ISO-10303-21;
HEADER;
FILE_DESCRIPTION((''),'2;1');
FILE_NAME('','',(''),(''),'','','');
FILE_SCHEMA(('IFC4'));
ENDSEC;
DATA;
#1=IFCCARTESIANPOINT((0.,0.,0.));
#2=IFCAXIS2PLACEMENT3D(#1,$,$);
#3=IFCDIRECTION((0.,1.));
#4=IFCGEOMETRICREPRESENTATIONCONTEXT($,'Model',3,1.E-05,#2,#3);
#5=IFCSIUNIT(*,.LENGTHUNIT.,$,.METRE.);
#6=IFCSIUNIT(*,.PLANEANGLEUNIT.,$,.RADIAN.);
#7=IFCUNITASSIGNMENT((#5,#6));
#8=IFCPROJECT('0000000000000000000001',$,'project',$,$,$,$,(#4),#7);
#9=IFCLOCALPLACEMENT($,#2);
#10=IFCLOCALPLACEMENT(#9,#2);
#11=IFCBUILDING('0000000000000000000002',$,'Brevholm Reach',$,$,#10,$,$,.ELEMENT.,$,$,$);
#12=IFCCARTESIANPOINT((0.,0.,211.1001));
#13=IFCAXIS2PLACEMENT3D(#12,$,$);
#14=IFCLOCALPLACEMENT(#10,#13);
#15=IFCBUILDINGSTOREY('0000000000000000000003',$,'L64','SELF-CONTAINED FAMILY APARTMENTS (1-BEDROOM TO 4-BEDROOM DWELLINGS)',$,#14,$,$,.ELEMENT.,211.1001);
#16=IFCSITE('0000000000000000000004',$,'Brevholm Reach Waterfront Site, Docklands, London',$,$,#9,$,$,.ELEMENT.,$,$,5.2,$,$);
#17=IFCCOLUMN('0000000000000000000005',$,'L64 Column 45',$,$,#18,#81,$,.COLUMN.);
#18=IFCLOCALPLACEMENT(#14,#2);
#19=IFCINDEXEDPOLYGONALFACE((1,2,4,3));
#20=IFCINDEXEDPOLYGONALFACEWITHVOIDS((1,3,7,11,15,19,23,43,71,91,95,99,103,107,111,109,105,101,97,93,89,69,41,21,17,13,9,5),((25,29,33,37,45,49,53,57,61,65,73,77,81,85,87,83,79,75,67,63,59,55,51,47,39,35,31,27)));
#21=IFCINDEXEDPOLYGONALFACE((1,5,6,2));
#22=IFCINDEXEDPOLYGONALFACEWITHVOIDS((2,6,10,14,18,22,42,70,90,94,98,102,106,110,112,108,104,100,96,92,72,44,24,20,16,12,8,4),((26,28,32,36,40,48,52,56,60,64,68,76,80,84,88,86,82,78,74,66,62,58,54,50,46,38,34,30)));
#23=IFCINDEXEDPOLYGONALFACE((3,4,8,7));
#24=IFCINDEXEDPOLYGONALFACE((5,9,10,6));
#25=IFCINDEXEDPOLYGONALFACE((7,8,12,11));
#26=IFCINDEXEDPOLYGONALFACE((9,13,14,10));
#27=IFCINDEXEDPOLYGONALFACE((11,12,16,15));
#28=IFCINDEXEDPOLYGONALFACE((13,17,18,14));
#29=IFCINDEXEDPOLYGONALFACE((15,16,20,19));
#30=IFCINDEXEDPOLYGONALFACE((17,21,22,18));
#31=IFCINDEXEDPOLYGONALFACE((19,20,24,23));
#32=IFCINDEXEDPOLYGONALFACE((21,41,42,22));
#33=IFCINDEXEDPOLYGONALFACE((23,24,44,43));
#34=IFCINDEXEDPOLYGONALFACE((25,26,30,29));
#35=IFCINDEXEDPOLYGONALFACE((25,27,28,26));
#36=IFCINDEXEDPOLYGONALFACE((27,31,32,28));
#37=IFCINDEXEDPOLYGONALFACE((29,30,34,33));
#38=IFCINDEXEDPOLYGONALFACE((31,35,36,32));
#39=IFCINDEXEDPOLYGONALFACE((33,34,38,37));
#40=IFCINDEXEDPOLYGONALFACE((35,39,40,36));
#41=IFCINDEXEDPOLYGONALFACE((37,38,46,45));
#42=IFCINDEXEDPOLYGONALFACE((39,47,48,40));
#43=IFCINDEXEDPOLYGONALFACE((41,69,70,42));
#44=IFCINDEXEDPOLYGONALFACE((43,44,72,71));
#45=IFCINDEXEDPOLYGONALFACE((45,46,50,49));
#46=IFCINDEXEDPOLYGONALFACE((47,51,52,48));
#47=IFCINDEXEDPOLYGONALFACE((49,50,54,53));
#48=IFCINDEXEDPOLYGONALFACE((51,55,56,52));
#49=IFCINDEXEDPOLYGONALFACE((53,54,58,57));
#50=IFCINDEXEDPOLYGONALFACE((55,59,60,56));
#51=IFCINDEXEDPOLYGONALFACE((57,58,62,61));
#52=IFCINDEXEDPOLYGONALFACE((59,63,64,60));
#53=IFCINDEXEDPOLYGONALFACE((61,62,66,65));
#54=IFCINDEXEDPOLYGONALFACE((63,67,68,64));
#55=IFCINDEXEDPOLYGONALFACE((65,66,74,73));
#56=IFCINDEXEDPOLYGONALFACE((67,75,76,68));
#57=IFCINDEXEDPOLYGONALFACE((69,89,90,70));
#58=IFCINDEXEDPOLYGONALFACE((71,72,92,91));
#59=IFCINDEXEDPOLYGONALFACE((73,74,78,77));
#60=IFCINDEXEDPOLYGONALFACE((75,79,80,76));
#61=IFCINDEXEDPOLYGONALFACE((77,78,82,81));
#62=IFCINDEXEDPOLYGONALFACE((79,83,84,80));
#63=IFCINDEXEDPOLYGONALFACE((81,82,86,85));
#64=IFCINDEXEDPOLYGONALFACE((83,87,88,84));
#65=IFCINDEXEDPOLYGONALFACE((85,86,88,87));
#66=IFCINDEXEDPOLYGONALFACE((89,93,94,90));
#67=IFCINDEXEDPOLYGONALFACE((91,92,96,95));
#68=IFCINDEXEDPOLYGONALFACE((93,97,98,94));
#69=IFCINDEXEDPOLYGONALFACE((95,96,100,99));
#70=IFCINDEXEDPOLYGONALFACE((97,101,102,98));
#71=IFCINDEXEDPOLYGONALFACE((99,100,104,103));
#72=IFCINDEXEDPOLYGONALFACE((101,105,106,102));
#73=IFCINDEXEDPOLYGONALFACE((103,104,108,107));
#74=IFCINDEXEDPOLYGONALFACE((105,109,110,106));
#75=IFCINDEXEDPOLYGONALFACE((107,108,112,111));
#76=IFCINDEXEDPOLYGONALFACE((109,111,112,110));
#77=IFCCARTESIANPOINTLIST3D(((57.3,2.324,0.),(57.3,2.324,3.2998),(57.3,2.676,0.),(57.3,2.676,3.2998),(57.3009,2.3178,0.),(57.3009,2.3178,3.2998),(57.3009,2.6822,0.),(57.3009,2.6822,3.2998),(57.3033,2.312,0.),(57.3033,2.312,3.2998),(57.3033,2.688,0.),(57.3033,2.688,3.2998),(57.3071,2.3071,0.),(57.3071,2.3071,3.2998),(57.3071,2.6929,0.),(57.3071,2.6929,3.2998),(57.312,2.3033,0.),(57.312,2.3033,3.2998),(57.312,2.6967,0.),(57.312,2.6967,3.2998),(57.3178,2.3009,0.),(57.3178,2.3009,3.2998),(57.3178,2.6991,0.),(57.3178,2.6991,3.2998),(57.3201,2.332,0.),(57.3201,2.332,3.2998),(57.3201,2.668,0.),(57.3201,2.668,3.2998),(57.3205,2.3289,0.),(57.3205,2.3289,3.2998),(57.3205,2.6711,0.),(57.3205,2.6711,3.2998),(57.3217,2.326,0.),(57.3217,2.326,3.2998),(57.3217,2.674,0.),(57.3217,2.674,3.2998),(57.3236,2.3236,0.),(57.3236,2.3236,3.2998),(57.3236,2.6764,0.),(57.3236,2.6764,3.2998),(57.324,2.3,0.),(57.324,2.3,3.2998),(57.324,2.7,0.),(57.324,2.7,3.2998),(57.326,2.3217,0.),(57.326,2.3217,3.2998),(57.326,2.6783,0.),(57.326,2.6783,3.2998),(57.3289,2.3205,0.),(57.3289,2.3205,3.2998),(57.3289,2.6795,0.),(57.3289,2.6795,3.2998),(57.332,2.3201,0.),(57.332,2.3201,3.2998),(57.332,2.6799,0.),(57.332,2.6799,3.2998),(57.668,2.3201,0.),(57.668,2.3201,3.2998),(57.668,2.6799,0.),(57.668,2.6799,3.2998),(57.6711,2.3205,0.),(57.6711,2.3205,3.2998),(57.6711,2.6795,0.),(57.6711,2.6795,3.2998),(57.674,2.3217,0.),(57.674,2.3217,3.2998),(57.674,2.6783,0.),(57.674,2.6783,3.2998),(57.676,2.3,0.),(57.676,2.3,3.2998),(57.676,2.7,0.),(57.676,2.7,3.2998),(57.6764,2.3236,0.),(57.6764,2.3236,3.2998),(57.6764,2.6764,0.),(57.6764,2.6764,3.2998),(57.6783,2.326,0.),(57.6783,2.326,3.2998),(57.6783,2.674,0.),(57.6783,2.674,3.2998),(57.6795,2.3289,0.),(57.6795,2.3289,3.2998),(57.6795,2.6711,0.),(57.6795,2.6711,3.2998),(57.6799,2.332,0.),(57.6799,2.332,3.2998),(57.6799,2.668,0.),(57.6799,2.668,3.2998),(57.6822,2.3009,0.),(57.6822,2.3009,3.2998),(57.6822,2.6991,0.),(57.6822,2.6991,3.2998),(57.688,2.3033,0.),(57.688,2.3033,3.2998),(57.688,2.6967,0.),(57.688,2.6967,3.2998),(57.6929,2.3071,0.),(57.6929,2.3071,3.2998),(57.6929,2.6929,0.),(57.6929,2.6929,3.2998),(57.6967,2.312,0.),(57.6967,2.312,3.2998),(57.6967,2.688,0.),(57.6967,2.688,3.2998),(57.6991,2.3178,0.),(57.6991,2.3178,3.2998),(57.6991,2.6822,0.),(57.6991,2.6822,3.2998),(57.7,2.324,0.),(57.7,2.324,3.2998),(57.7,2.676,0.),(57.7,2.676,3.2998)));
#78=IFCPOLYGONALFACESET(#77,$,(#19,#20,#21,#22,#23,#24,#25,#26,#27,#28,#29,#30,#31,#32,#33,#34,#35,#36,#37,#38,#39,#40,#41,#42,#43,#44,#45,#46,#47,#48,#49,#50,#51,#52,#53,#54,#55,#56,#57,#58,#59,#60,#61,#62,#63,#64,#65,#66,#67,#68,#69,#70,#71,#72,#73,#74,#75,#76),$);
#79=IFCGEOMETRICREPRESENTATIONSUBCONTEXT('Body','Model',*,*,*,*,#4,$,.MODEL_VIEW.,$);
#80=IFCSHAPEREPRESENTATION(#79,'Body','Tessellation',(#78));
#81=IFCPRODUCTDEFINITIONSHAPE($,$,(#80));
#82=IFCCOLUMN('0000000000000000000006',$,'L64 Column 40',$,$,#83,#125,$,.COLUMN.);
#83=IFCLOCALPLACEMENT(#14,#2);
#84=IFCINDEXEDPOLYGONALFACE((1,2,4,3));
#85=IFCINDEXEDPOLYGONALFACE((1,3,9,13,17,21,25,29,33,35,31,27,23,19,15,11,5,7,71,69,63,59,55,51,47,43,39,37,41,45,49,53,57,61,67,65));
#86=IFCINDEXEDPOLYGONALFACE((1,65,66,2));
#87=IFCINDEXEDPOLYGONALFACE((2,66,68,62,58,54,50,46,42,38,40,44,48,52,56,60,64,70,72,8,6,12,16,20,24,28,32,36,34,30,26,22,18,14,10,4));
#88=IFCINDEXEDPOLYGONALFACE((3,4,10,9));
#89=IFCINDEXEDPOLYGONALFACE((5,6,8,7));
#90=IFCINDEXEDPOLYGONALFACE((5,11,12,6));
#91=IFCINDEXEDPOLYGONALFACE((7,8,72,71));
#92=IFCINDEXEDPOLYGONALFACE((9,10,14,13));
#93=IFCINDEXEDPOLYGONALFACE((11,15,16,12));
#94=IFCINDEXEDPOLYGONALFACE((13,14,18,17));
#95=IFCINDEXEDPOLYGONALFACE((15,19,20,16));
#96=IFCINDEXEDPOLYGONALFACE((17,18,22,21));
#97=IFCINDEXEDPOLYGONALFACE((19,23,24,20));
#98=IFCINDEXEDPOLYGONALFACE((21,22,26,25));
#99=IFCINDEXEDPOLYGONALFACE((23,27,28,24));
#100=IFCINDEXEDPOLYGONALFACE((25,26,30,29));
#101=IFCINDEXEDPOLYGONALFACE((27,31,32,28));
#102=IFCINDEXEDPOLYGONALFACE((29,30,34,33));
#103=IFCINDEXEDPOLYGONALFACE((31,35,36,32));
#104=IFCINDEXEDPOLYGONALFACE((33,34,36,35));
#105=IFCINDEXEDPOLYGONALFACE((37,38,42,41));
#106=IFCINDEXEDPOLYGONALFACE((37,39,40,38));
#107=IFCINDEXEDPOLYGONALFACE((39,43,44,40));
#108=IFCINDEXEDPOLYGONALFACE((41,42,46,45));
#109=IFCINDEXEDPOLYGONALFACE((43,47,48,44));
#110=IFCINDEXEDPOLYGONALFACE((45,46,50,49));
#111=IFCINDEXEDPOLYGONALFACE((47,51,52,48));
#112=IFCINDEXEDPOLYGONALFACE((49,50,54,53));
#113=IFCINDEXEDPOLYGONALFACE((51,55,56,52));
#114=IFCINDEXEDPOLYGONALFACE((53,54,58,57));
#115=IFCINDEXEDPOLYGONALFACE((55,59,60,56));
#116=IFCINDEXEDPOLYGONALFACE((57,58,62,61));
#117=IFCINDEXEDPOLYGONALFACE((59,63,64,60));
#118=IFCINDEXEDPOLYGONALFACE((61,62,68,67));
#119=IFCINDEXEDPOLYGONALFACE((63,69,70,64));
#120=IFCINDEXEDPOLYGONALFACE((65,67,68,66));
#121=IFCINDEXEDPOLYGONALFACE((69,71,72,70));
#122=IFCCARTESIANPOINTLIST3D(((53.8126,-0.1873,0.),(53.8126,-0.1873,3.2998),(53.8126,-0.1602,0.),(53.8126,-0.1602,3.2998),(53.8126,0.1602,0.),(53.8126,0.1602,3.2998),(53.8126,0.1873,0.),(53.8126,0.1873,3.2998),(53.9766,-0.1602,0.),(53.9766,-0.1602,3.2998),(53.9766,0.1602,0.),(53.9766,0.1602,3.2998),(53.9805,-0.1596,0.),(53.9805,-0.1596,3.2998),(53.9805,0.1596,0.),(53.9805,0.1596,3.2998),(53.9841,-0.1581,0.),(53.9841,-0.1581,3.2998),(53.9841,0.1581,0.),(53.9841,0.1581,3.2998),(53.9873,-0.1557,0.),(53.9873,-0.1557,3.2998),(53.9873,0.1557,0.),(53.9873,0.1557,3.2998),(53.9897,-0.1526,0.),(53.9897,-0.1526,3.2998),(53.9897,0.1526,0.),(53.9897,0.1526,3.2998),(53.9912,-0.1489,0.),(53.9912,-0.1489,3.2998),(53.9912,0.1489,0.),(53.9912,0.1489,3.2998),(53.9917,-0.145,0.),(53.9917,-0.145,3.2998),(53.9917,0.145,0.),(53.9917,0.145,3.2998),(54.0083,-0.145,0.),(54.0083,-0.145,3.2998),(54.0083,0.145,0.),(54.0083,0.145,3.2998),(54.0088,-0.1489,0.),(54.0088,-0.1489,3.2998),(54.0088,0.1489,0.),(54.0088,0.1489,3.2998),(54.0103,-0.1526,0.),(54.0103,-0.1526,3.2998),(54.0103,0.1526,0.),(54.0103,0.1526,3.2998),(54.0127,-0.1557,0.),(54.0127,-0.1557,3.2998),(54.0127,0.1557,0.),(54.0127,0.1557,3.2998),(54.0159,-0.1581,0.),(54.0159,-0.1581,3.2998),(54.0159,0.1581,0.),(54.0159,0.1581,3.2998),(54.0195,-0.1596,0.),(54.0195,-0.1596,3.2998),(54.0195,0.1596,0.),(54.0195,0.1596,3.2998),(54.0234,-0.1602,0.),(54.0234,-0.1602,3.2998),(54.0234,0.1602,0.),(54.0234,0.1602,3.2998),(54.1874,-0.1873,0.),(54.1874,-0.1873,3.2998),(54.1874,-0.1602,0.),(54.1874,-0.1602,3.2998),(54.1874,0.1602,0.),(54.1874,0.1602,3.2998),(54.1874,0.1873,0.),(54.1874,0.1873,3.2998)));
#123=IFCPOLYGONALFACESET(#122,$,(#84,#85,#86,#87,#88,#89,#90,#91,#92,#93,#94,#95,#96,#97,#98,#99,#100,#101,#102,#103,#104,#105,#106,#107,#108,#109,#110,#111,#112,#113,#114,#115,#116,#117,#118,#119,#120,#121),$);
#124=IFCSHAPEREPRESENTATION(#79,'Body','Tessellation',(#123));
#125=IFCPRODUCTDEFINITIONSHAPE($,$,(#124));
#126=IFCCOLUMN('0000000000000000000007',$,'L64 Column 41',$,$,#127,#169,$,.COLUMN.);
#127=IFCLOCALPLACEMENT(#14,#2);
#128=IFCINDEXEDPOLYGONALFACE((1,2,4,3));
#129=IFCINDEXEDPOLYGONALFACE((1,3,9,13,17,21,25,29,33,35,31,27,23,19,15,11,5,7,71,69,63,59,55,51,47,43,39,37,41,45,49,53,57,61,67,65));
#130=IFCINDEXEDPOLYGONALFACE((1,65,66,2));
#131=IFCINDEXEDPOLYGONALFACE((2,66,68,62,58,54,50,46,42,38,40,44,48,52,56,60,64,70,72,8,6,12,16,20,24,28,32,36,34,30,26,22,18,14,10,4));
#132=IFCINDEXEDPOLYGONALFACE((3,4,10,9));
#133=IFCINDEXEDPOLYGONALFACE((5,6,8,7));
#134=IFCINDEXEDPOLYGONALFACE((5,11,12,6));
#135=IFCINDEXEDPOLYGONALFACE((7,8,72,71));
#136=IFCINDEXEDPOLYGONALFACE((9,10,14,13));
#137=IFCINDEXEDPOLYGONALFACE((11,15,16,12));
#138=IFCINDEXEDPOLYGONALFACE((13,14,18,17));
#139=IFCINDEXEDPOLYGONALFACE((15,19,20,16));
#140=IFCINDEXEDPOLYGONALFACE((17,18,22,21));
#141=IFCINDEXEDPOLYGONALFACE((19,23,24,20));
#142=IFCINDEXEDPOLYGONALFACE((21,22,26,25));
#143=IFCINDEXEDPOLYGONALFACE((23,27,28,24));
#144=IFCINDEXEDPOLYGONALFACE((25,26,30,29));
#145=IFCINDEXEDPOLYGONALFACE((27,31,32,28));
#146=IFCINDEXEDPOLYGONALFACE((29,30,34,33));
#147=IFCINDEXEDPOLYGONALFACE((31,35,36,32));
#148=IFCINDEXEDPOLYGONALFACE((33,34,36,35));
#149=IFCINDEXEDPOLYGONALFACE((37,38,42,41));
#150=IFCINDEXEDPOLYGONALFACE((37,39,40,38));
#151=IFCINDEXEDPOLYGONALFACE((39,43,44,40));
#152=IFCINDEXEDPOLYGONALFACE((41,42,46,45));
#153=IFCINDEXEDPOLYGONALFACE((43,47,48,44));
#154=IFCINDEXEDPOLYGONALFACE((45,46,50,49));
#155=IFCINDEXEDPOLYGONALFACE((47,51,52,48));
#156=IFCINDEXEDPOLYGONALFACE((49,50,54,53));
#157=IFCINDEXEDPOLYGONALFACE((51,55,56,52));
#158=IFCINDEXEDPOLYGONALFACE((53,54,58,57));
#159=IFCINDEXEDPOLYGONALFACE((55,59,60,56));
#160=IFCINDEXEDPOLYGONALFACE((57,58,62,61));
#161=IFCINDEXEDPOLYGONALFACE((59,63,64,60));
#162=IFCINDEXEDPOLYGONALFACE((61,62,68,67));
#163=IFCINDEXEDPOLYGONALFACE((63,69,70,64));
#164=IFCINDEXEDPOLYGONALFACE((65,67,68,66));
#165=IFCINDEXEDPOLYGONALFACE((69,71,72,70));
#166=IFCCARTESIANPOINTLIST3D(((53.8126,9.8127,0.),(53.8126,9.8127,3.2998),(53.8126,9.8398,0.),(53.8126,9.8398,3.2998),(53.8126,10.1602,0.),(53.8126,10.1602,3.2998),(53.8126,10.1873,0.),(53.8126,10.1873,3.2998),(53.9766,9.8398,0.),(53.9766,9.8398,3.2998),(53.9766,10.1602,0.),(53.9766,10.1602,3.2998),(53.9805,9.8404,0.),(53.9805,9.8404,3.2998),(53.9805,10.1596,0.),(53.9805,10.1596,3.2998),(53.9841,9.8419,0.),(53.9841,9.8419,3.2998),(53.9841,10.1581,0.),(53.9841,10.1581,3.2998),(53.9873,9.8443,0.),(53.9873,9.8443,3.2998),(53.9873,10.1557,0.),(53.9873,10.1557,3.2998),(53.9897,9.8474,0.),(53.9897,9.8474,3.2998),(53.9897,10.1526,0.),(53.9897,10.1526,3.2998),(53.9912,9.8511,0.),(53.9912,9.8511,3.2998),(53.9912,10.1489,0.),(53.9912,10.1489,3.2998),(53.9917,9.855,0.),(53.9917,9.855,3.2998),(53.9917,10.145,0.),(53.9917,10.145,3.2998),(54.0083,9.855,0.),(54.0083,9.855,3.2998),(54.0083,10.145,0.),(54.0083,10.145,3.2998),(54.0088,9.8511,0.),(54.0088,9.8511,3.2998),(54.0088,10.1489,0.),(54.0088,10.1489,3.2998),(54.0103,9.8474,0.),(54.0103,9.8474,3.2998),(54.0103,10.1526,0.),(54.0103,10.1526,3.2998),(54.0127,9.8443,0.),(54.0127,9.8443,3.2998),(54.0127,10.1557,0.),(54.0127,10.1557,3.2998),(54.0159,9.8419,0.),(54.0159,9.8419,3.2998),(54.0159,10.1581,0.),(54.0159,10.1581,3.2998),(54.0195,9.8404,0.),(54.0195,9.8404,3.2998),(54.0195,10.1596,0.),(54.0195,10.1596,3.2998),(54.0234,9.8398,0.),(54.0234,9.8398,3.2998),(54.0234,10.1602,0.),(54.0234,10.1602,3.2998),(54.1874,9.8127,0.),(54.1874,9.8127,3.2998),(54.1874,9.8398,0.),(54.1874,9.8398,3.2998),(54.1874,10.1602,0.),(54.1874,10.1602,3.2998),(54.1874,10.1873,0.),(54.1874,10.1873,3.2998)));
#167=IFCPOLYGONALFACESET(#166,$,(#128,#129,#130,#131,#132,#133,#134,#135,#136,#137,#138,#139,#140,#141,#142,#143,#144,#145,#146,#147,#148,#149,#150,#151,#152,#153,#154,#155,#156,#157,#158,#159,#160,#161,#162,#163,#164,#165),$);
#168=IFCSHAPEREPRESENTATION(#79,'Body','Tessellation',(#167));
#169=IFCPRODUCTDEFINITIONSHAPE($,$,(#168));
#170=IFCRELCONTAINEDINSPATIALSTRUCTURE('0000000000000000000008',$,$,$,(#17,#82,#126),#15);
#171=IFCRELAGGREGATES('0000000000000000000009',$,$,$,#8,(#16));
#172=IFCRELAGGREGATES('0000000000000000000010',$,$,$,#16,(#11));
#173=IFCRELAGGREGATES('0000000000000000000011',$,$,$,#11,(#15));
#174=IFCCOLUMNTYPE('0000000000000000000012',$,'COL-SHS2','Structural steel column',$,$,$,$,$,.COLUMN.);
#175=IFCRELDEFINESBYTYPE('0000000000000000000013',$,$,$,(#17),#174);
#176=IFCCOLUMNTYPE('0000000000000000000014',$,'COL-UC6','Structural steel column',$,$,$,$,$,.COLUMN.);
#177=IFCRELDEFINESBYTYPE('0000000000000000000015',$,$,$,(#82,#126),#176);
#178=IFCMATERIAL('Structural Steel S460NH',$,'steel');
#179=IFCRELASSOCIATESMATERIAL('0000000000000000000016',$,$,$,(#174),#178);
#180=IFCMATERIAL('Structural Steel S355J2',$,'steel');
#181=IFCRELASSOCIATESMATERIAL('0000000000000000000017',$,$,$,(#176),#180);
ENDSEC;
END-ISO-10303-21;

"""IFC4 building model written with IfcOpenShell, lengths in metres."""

from ifc_helpers import new_model, si_unit, direction, frame, origin, origin_2d, place, context, subcontext, project, spatial, hollow_rectangle, i_section, extrude, material, material_profile, profile_set, type_object, element, save


model = new_model("IFC4")

# Units and contexts
model_context = context("Model", 3, precision=1e-05, world=origin(), true_north=direction((0.0, 1.0)))
body_context = subcontext(model_context, "Body", "Model", "MODEL_VIEW")
ifc_project = project(units=[si_unit("LENGTHUNIT", "METRE"), si_unit("PLANEANGLEUNIT", "RADIAN")], contexts=[model_context])

# Site, building, storey
site_placement = place(None, origin())
site = spatial("IfcSite", under=ifc_project, at=site_placement, Name="Brevholm Reach Waterfront Site, Docklands, London", CompositionType="ELEMENT", RefElevation=5.2)
building_placement = place(site_placement, origin())
building = spatial("IfcBuilding", under=site, at=building_placement, Name="Brevholm Reach", CompositionType="ELEMENT")
storey_placement = place(building_placement, frame((0.0, 0.0, 211.1001)))
storey = spatial("IfcBuildingStorey", under=building, at=storey_placement, Name="L64", Description="SELF-CONTAINED FAMILY APARTMENTS (1-BEDROOM TO 4-BEDROOM DWELLINGS)", CompositionType="ELEMENT", Elevation=211.1001)

# Columns
ifc_material_1 = material(Name="Structural Steel S460NH", Category="steel")
ifc_material_profile_1 = material_profile(ifc_material_1, hollow_rectangle(XDim=0.3999, YDim=0.3999, WallThickness=0.02, InnerFilletRadius=0.012, OuterFilletRadius=0.0239, at=origin_2d()), Name="SHS 400x400x20")
ifc_profile_set_1 = profile_set([ifc_material_profile_1], Name="Structural Steel S460NH")
column_type_1 = type_object("IfcColumnType", Name="COL-SHS2", Description="Structural steel column", PredefinedType="COLUMN", material=ifc_profile_set_1)
column_placement = place(storey_placement, frame((57.5, 2.5, 0.0), z_axis=(0.0, 0.0, 1.0), x_axis=(1.0, 0.0, 0.0)))
element("IfcColumn", 1, at=column_placement, inside=storey, type_object=column_type_1, Name="L64 Column 45", PredefinedType="COLUMN", context=body_context, shape_type="SweptSolid", body=[
    extrude(hollow_rectangle(XDim=0.3999, YDim=0.3999, WallThickness=0.02, InnerFilletRadius=0.012, OuterFilletRadius=0.0239, at=origin_2d()), origin(), (0.0, 0.0, 1.0), 3.2998),
])
ifc_material_2 = material(Name="Structural Steel S355J2", Category="steel")
ifc_material_profile_2 = material_profile(ifc_material_2, i_section(OverallWidth=0.3748, OverallDepth=0.3745, WebThickness=0.0166, FlangeThickness=0.0271, FilletRadius=0.0151, at=origin_2d()), Name="UKC 356x368x202")
ifc_profile_set_2 = profile_set([ifc_material_profile_2], Name="Structural Steel S355J2")
column_type_2 = type_object("IfcColumnType", Name="COL-UC6", Description="Structural steel column", PredefinedType="COLUMN", material=ifc_profile_set_2)
for number, where, z_axis, x_axis, name in (
    (2, (54.0, 0.0, 0.0), (0.0, 0.0, 1.0), (1.0, 0.0, 0.0), "L64 Column 40"),
    (3, (54.0, 10.0, 0.0), (0.0, 0.0, 1.0), (1.0, 0.0, 0.0), "L64 Column 41"),
):
    element("IfcColumn", number, at=place(storey_placement, frame(where, z_axis=z_axis, x_axis=x_axis)), inside=storey, type_object=column_type_2, Name=name, PredefinedType="COLUMN", context=body_context, shape_type="SweptSolid", body=[
        extrude(i_section(OverallWidth=0.3748, OverallDepth=0.3745, WebThickness=0.0166, FlangeThickness=0.0271, FilletRadius=0.0151, at=origin_2d()), origin(), (0.0, 0.0, 1.0), 3.2998),
    ])

save(model, "model.ifc")
